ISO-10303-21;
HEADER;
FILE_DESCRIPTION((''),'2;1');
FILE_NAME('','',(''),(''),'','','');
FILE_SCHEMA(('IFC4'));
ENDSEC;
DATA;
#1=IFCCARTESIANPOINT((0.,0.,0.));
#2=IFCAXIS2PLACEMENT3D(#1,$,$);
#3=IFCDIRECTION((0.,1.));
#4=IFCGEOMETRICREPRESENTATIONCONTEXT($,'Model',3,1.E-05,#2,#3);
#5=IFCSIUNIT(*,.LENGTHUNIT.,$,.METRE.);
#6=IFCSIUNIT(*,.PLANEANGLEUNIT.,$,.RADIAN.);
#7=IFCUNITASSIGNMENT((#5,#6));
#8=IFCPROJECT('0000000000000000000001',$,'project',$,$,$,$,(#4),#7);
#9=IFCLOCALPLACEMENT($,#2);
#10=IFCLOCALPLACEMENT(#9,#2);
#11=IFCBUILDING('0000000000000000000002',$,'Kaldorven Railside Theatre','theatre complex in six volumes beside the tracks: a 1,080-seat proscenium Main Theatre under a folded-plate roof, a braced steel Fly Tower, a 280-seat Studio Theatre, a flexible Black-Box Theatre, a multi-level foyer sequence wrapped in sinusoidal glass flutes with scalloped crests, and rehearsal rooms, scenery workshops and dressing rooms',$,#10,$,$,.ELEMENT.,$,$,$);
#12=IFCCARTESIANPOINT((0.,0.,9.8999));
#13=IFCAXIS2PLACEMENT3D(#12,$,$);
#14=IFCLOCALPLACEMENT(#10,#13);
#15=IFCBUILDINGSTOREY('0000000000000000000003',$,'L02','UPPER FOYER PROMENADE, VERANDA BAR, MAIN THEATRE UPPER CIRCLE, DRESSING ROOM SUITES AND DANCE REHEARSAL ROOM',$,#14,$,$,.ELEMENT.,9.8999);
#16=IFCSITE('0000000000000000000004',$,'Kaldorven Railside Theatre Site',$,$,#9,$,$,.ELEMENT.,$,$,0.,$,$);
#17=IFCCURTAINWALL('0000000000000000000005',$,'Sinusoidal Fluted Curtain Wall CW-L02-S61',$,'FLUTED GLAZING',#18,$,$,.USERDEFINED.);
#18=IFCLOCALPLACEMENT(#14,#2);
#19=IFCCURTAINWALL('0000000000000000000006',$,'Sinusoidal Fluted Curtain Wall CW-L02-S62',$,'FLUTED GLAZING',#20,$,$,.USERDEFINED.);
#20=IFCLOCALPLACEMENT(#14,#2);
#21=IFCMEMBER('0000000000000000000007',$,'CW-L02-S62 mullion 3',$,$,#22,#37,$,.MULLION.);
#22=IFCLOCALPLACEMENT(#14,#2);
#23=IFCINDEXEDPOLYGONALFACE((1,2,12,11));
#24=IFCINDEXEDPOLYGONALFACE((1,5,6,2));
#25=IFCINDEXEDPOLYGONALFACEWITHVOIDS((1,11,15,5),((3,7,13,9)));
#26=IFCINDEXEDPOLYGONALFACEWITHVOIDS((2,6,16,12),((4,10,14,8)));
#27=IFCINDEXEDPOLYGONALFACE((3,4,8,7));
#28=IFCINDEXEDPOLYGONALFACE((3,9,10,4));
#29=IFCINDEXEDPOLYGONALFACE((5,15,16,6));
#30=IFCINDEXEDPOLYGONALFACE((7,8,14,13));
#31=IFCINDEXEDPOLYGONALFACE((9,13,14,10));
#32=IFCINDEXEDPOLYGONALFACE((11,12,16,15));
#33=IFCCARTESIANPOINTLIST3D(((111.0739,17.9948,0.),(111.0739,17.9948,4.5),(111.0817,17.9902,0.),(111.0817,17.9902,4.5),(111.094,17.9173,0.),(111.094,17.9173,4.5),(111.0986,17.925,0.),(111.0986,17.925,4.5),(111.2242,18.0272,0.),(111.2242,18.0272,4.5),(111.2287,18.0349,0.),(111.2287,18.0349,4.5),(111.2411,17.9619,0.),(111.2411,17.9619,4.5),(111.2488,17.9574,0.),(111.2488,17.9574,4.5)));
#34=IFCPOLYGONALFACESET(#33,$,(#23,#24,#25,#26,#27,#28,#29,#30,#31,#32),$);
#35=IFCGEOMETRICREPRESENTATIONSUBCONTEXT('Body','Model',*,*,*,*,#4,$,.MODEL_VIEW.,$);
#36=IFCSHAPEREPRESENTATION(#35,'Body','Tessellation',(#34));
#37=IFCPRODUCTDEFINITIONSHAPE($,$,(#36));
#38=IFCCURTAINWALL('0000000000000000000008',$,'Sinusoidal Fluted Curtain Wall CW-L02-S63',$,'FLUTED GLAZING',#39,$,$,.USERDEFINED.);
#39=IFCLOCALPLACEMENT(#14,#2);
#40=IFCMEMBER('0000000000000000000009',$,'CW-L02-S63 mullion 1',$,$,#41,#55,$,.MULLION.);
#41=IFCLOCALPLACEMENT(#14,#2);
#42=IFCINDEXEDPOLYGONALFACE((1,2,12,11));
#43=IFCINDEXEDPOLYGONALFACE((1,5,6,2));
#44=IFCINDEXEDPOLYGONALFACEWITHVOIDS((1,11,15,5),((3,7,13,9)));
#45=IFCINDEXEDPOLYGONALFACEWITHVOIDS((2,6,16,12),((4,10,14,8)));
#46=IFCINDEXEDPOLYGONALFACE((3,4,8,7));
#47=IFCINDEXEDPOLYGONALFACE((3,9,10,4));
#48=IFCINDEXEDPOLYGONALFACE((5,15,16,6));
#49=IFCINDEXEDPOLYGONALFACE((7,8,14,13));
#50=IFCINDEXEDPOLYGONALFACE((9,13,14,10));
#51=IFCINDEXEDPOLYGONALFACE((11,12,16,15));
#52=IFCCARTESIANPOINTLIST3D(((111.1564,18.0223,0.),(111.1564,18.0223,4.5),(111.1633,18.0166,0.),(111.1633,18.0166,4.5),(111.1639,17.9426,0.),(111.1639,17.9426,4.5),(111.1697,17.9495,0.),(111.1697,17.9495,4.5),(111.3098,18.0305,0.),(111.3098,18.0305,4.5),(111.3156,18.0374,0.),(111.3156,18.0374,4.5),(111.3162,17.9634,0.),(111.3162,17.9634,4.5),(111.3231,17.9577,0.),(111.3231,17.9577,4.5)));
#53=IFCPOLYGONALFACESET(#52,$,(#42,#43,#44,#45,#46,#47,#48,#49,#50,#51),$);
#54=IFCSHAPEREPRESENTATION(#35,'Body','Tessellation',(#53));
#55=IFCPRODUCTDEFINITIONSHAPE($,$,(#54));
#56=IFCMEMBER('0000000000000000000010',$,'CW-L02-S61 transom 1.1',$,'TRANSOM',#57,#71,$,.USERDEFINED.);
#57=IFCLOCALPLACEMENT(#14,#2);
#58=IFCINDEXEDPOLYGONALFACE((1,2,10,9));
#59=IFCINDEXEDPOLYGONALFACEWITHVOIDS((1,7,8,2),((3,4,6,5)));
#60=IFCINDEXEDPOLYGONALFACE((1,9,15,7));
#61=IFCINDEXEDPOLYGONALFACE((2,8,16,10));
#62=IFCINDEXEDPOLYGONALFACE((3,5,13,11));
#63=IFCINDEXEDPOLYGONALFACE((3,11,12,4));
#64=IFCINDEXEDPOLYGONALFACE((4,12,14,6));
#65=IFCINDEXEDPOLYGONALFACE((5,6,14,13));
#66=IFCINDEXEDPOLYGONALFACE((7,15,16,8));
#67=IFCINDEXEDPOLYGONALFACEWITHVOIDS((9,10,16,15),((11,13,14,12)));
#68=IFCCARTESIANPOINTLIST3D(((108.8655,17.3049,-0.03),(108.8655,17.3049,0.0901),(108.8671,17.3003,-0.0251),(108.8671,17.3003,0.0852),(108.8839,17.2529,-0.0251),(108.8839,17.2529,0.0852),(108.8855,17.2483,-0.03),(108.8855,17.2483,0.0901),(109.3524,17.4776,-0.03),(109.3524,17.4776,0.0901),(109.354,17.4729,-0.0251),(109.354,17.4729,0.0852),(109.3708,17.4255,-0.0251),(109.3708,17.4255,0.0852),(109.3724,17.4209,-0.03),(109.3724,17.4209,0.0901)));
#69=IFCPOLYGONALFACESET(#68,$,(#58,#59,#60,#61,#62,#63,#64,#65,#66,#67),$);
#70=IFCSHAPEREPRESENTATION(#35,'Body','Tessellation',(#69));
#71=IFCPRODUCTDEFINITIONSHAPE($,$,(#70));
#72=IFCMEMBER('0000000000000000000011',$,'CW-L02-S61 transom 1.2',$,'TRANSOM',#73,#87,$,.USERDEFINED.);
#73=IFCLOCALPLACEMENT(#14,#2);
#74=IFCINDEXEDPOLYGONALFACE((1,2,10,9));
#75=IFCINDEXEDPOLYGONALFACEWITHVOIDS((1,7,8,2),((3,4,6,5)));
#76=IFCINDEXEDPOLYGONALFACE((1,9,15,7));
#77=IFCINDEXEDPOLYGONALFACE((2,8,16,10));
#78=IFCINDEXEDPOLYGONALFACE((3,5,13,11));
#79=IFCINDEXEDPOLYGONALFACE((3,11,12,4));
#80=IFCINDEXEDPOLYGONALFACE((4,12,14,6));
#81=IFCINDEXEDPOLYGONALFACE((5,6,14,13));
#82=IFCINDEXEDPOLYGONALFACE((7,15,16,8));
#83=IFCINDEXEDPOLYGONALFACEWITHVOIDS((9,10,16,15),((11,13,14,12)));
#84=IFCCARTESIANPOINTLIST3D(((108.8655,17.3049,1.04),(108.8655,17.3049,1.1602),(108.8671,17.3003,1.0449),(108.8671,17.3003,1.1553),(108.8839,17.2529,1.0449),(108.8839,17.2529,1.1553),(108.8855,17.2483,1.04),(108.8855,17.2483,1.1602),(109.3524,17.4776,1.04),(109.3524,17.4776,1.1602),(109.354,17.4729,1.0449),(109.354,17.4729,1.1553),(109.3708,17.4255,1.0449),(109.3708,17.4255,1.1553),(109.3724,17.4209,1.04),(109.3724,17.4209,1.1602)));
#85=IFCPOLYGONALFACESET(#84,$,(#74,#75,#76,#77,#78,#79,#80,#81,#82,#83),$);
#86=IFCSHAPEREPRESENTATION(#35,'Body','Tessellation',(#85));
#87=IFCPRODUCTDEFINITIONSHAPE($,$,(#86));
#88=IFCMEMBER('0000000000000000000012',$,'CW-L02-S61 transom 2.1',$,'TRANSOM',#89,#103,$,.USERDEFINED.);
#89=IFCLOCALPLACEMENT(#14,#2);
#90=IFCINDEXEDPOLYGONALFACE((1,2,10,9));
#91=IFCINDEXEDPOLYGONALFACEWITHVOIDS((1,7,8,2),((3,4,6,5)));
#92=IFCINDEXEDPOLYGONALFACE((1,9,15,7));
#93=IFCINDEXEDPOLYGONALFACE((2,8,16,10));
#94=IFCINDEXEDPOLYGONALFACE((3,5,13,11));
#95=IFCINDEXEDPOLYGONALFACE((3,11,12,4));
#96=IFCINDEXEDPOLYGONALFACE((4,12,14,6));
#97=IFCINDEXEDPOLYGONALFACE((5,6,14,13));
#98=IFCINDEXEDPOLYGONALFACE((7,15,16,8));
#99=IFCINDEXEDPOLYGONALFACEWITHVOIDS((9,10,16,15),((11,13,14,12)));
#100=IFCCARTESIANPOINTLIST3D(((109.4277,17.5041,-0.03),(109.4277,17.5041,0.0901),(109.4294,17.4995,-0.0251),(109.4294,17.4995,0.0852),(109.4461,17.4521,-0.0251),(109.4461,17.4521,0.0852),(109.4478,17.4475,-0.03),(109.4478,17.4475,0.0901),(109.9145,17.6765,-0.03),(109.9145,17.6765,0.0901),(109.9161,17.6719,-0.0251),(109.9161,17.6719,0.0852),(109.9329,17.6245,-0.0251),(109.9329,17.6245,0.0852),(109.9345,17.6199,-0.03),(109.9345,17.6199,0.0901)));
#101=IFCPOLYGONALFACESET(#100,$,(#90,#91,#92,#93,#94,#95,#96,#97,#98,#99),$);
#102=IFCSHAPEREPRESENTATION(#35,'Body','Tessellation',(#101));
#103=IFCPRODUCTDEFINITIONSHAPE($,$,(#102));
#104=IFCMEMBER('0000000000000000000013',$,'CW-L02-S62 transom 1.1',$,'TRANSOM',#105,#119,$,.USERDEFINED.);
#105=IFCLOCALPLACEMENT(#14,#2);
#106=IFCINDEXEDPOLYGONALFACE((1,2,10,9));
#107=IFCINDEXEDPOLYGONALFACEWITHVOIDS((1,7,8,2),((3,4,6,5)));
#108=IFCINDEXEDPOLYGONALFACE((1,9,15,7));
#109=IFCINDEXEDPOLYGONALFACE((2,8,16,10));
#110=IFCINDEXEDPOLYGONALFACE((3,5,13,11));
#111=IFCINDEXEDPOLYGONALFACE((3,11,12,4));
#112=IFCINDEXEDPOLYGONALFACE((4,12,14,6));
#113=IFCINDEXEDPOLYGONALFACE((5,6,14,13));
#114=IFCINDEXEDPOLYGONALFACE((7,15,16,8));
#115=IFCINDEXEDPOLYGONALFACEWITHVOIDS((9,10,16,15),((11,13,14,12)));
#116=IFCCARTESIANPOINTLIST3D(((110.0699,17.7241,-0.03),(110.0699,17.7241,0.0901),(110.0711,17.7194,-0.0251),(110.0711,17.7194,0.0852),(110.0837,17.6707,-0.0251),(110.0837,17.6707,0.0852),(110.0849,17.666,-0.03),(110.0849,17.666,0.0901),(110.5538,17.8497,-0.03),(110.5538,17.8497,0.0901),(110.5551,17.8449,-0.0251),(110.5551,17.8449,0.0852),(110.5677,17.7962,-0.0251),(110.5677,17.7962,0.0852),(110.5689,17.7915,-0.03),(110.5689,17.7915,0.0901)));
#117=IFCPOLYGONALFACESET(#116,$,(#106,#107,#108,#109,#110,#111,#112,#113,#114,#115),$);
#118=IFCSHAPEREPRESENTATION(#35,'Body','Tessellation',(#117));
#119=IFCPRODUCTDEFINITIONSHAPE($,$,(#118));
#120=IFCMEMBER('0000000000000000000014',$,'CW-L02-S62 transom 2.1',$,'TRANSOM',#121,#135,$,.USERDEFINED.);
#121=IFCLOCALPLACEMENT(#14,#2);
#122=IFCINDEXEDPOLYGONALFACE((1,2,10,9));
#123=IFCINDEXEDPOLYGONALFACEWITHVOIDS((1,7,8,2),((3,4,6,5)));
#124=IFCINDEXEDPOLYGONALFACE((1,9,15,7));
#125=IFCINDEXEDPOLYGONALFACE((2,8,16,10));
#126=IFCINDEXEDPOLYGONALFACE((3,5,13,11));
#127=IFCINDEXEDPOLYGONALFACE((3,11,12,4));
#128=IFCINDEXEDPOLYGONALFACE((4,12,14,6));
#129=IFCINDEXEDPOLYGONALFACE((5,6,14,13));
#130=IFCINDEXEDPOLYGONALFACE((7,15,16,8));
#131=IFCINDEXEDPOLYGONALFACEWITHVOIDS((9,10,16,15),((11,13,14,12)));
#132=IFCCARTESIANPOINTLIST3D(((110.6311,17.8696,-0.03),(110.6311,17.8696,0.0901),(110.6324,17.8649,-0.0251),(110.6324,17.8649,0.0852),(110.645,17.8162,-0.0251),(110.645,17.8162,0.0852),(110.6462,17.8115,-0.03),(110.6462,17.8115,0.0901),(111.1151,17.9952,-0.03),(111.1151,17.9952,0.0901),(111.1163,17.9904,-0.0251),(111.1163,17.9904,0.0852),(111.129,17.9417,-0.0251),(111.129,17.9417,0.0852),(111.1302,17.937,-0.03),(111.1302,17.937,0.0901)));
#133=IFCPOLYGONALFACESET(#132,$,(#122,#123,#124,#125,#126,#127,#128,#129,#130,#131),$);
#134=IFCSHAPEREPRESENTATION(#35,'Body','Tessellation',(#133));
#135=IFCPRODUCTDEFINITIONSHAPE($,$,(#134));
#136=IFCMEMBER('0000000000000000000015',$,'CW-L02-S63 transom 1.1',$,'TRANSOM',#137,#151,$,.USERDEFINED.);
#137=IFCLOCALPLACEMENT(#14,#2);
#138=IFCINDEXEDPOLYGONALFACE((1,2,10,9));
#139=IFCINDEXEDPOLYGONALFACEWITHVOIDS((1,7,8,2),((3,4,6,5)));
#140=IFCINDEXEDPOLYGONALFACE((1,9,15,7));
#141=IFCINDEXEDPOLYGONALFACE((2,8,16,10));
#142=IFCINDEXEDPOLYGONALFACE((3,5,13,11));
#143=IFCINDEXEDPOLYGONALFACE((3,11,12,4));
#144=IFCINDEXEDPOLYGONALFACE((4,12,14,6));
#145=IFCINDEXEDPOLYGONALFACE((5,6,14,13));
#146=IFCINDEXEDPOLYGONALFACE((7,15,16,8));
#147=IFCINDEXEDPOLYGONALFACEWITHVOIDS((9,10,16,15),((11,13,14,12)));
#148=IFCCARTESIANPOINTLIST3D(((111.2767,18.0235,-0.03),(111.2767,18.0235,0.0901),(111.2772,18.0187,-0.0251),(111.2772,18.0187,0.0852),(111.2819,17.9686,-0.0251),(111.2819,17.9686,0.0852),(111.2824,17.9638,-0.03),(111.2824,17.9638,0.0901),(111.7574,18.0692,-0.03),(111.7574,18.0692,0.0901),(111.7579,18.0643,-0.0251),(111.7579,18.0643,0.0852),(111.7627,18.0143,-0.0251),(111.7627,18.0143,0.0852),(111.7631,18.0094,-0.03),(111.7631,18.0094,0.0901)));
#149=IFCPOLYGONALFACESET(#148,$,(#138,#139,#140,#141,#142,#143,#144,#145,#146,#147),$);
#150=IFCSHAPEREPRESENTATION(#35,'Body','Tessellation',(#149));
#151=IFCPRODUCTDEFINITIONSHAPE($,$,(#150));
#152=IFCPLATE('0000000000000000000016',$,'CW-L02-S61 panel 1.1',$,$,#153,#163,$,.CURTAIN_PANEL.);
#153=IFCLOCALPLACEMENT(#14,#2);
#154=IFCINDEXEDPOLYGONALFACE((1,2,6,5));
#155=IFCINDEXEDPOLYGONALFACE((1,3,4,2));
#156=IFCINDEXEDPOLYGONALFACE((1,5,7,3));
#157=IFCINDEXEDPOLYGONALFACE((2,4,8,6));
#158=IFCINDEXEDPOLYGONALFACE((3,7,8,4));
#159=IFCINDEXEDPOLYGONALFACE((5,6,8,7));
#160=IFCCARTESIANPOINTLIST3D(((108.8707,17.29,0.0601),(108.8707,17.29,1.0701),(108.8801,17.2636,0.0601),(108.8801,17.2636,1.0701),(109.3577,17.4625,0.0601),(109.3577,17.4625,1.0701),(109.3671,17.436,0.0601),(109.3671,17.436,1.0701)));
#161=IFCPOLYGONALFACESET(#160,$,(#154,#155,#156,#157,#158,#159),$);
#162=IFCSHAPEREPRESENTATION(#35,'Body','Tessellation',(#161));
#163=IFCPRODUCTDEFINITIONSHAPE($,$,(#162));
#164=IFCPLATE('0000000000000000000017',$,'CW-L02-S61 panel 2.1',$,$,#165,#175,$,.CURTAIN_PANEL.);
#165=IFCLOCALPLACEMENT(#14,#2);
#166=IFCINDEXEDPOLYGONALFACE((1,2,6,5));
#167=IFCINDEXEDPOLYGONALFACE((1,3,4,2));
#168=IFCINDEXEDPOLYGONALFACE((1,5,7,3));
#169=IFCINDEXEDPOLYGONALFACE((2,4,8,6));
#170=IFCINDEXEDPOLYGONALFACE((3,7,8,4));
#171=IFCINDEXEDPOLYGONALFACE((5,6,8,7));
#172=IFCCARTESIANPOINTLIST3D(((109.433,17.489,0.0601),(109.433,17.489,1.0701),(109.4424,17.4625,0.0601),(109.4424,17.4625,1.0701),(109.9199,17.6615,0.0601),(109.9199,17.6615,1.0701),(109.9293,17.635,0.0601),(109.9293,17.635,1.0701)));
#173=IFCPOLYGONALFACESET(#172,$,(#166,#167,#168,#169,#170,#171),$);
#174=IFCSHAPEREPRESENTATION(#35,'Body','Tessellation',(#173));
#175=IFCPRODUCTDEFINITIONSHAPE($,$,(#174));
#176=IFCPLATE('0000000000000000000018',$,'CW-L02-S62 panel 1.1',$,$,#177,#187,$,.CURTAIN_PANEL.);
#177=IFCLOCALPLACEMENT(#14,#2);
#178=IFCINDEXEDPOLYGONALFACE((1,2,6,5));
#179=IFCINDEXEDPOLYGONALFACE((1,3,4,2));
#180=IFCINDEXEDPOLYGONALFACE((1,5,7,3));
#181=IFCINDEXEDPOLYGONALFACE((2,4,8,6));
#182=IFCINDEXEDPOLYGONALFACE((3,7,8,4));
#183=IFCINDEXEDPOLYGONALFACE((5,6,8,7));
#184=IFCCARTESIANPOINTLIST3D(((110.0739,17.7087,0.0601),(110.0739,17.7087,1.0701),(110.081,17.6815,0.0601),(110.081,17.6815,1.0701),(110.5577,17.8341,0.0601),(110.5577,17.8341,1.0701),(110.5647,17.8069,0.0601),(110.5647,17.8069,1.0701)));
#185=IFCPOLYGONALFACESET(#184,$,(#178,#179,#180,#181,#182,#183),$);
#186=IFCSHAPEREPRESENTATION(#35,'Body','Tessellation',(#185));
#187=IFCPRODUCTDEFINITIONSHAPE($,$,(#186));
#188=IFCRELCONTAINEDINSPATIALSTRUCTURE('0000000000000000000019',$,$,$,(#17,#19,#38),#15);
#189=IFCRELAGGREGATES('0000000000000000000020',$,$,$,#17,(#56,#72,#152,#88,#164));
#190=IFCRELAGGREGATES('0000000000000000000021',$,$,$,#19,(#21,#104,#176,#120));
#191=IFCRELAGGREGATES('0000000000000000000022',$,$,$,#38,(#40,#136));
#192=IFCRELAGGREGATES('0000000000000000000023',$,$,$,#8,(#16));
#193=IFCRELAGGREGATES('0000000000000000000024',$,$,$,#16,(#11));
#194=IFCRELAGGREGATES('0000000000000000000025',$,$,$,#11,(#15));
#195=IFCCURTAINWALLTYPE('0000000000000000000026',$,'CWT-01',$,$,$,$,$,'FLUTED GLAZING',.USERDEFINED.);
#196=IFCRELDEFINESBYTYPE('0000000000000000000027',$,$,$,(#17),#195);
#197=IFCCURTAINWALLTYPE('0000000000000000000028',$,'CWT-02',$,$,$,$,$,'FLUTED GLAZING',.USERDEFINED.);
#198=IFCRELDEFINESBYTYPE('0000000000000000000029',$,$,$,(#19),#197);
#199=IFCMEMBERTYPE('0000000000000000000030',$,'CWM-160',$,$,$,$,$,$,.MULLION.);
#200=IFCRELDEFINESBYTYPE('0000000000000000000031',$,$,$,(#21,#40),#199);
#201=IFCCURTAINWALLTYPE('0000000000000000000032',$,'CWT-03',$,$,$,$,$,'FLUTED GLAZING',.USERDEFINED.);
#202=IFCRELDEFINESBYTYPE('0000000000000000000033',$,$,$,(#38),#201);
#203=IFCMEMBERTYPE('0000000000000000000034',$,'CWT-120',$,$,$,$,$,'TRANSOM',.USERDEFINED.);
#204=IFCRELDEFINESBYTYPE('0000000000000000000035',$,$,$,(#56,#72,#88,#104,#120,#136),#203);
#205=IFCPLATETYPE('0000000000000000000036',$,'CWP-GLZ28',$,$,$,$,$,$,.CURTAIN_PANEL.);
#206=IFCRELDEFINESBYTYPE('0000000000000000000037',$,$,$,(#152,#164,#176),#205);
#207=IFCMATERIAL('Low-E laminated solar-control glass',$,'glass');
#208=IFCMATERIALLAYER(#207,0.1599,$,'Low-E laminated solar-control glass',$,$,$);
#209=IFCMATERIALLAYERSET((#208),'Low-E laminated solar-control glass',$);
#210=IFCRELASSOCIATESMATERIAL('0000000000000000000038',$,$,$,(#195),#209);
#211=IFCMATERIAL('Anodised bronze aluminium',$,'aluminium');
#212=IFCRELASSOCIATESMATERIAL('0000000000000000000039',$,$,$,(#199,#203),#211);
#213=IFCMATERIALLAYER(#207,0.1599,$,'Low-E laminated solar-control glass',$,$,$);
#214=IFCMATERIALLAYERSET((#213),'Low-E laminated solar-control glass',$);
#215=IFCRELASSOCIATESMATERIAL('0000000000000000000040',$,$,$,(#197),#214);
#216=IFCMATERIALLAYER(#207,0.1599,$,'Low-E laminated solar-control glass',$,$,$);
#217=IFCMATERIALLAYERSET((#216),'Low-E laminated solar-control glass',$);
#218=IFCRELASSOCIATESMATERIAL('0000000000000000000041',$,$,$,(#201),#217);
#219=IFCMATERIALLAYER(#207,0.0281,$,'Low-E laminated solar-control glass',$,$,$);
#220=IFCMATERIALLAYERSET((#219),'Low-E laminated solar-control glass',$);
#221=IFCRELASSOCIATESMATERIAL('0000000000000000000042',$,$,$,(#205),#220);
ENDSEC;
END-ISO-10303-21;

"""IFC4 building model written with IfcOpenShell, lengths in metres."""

from ifc_helpers import new_model, si_unit, direction, frame, origin, origin_2d, place, context, subcontext, project, spatial, rectangle, hollow_rectangle, extrude, material, layer, layer_set, material_profile, profile_set, type_object, element, aggregate, save


model = new_model("IFC4")

# Units and contexts
model_context = context("Model", 3, precision=1e-05, world=origin(), true_north=direction((0.0, 1.0)))
body_context = subcontext(model_context, "Body", "Model", "MODEL_VIEW")
ifc_project = project(units=[si_unit("LENGTHUNIT", "METRE"), si_unit("PLANEANGLEUNIT", "RADIAN")], contexts=[model_context])

# Site, building, storey
site_placement = place(None, origin())
site = spatial("IfcSite", under=ifc_project, at=site_placement, Name="Kaldorven Railside Theatre Site", CompositionType="ELEMENT", RefElevation=0.0)
building_placement = place(site_placement, origin())
building = spatial("IfcBuilding", under=site, at=building_placement, Name="Kaldorven Railside Theatre", Description="theatre complex in six volumes beside the tracks: a 1,080-seat proscenium Main Theatre under a folded-plate roof, a braced steel Fly Tower, a 280-seat Studio Theatre, a flexible Black-Box Theatre, a multi-level foyer sequence wrapped in sinusoidal glass flutes with scalloped crests, and rehearsal rooms, scenery workshops and dressing rooms", CompositionType="ELEMENT")
storey_placement = place(building_placement, frame((0.0, 0.0, 9.8999)))
storey = spatial("IfcBuildingStorey", under=building, at=storey_placement, Name="L02", Description="UPPER FOYER PROMENADE, VERANDA BAR, MAIN THEATRE UPPER CIRCLE, DRESSING ROOM SUITES AND DANCE REHEARSAL ROOM", CompositionType="ELEMENT", Elevation=9.8999)

# Curtain walls, member
ifc_material_1 = material(Name="Low-E laminated solar-control glass", Category="glass")
ifc_layer_1 = layer(ifc_material_1, 0.1599, Name="Low-E laminated solar-control glass")
ifc_layer_set_1 = layer_set([ifc_layer_1], Name="Low-E laminated solar-control glass")
curtain_wall_type_1 = type_object("IfcCurtainWallType", Name="CWT-01", ElementType="FLUTED GLAZING", PredefinedType="USERDEFINED", material=ifc_layer_set_1)
curtain_wall_1_placement = place(storey_placement, origin())
curtain_wall_1 = element("IfcCurtainWall", 1, at=curtain_wall_1_placement, inside=storey, type_object=curtain_wall_type_1, Name="Sinusoidal Fluted Curtain Wall CW-L02-S61", ObjectType="FLUTED GLAZING", PredefinedType="USERDEFINED")
ifc_material_2 = material(Name="Anodised bronze aluminium", Category="aluminium")
ifc_material_profile_1 = material_profile(ifc_material_2, hollow_rectangle(XDim=0.0801, YDim=0.1599, WallThickness=0.0063, at=origin_2d()), Name="RHS 160x80x6.3")
ifc_profile_set_1 = profile_set([ifc_material_profile_1], Name="Anodised bronze aluminium")
member_type_1 = type_object("IfcMemberType", Name="CWM-160", PredefinedType="MULLION", material=ifc_profile_set_1)
ifc_layer_2 = layer(ifc_material_1, 0.1599, Name="Low-E laminated solar-control glass")
ifc_layer_set_2 = layer_set([ifc_layer_2], Name="Low-E laminated solar-control glass")
curtain_wall_type_2 = type_object("IfcCurtainWallType", Name="CWT-02", ElementType="FLUTED GLAZING", PredefinedType="USERDEFINED", material=ifc_layer_set_2)
curtain_wall_2_placement = place(storey_placement, origin())
curtain_wall_2 = element("IfcCurtainWall", 2, at=curtain_wall_2_placement, inside=storey, type_object=curtain_wall_type_2, Name="Sinusoidal Fluted Curtain Wall CW-L02-S62", ObjectType="FLUTED GLAZING", PredefinedType="USERDEFINED")
member_1_placement = place(storey_placement, frame((111.1614, 17.9761, 0.0), z_axis=(0.0, 0.0, 1.0), x_axis=(-0.250954, 0.967999, 0.0)))
member_1 = element("IfcMember", 3, at=member_1_placement, type_object=member_type_1, Name="CW-L02-S62 mullion 3", PredefinedType="MULLION", context=body_context, shape_type="SweptSolid", body=[
    extrude(hollow_rectangle(XDim=0.0801, YDim=0.1599, WallThickness=0.0063, at=origin_2d()), origin(), (0.0, 0.0, 1.0), 4.5),
])

# Curtain wall, member
ifc_layer_3 = layer(ifc_material_1, 0.1599, Name="Low-E laminated solar-control glass")
ifc_layer_set_3 = layer_set([ifc_layer_3], Name="Low-E laminated solar-control glass")
curtain_wall_type_3 = type_object("IfcCurtainWallType", Name="CWT-03", ElementType="FLUTED GLAZING", PredefinedType="USERDEFINED", material=ifc_layer_set_3)
curtain_wall_3_placement = place(storey_placement, origin())
curtain_wall_3 = element("IfcCurtainWall", 4, at=curtain_wall_3_placement, inside=storey, type_object=curtain_wall_type_3, Name="Sinusoidal Fluted Curtain Wall CW-L02-S63", ObjectType="FLUTED GLAZING", PredefinedType="USERDEFINED")
member_2_placement = place(storey_placement, frame((111.2397, 17.99, 0.0), z_axis=(0.0, 0.0, 1.0), x_axis=(-0.094492, 0.995526, 0.0)))
member_2 = element("IfcMember", 5, at=member_2_placement, type_object=member_type_1, Name="CW-L02-S63 mullion 1", PredefinedType="MULLION", context=body_context, shape_type="SweptSolid", body=[
    extrude(hollow_rectangle(XDim=0.0801, YDim=0.1599, WallThickness=0.0063, at=origin_2d()), origin(), (0.0, 0.0, 1.0), 4.5),
])

# Members
ifc_material_profile_2 = material_profile(ifc_material_2, hollow_rectangle(XDim=0.0601, YDim=0.1201, WallThickness=0.0049, at=origin_2d()), Name="RHS 120x60x5")
ifc_profile_set_2 = profile_set([ifc_material_profile_2], Name="Anodised bronze aluminium")
member_type_2 = type_object("IfcMemberType", Name="CWT-120", ElementType="TRANSOM", PredefinedType="USERDEFINED", material=ifc_profile_set_2)
member_3_placement = place(storey_placement, frame((108.8755, 17.2766, 0.03), z_axis=(0.942509, 0.33418, 0.0), x_axis=(-0.33418, 0.942509, 0.0)))
member_3 = element("IfcMember", 6, at=member_3_placement, type_object=member_type_2, Name="CW-L02-S61 transom 1.1", ObjectType="TRANSOM", PredefinedType="USERDEFINED", context=body_context, shape_type="SweptSolid", body=[
    extrude(hollow_rectangle(XDim=0.0601, YDim=0.1201, WallThickness=0.0049, at=origin_2d()), origin(), (0.0, 0.0, 1.0), 0.5166),
])
member_4_placement = place(storey_placement, frame((108.8755, 17.2766, 1.1001), z_axis=(0.942509, 0.33418, 0.0), x_axis=(-0.33418, 0.942509, 0.0)))
member_4 = element("IfcMember", 7, at=member_4_placement, type_object=member_type_2, Name="CW-L02-S61 transom 1.2", ObjectType="TRANSOM", PredefinedType="USERDEFINED", context=body_context, shape_type="SweptSolid", body=[
    extrude(hollow_rectangle(XDim=0.0601, YDim=0.1201, WallThickness=0.0049, at=origin_2d()), origin(), (0.0, 0.0, 1.0), 0.5166),
])
member_5_placement = place(storey_placement, frame((109.4377, 17.4758, 0.03), z_axis=(0.942658, 0.33376, 0.0), x_axis=(-0.33376, 0.942658, 0.0)))
member_5 = element("IfcMember", 8, at=member_5_placement, type_object=member_type_2, Name="CW-L02-S61 transom 2.1", ObjectType="TRANSOM", PredefinedType="USERDEFINED", context=body_context, shape_type="SweptSolid", body=[
    extrude(hollow_rectangle(XDim=0.0601, YDim=0.1201, WallThickness=0.0049, at=origin_2d()), origin(), (0.0, 0.0, 1.0), 0.5164),
])
member_6_placement = place(storey_placement, frame((110.0774, 17.6951, 0.03), z_axis=(0.967979, 0.25103, 0.0), x_axis=(-0.25103, 0.967979, 0.0)))
member_6 = element("IfcMember", 9, at=member_6_placement, type_object=member_type_2, Name="CW-L02-S62 transom 1.1", ObjectType="TRANSOM", PredefinedType="USERDEFINED", context=body_context, shape_type="SweptSolid", body=[
    extrude(hollow_rectangle(XDim=0.0601, YDim=0.1201, WallThickness=0.0049, at=origin_2d()), origin(), (0.0, 0.0, 1.0), 0.5),
])
member_7_placement = place(storey_placement, frame((110.6387, 17.8406, 0.03), z_axis=(0.967979, 0.25103, 0.0), x_axis=(-0.25103, 0.967979, 0.0)))
member_7 = element("IfcMember", 10, at=member_7_placement, type_object=member_type_2, Name="CW-L02-S62 transom 2.1", ObjectType="TRANSOM", PredefinedType="USERDEFINED", context=body_context, shape_type="SweptSolid", body=[
    extrude(hollow_rectangle(XDim=0.0601, YDim=0.1201, WallThickness=0.0049, at=origin_2d()), origin(), (0.0, 0.0, 1.0), 0.5),
])
member_8_placement = place(storey_placement, frame((111.2795, 17.9937, 0.03), z_axis=(0.99552, 0.094547, 0.0), x_axis=(-0.094547, 0.99552, 0.0)))
member_8 = element("IfcMember", 11, at=member_8_placement, type_object=member_type_2, Name="CW-L02-S63 transom 1.1", ObjectType="TRANSOM", PredefinedType="USERDEFINED", context=body_context, shape_type="SweptSolid", body=[
    extrude(hollow_rectangle(XDim=0.0601, YDim=0.1201, WallThickness=0.0049, at=origin_2d()), origin(), (0.0, 0.0, 1.0), 0.4829),
])

# Plates
ifc_layer_4 = layer(ifc_material_1, 0.0281, Name="Low-E laminated solar-control glass")
ifc_layer_set_4 = layer_set([ifc_layer_4], Name="Low-E laminated solar-control glass")
plate_type = type_object("IfcPlateType", Name="CWP-GLZ28", PredefinedType="CURTAIN_PANEL", material=ifc_layer_set_4)
plate_1_placement = place(storey_placement, frame((109.1189, 17.363, 0.0601), z_axis=(0.0, 0.0, 1.0), x_axis=(0.942627, 0.333847, 0.0)))
plate_1 = element("IfcPlate", 12, at=plate_1_placement, type_object=plate_type, Name="CW-L02-S61 panel 1.1", PredefinedType="CURTAIN_PANEL", context=body_context, shape_type="SweptSolid", body=[
    extrude(rectangle(XDim=0.5166, YDim=0.0281, at=origin_2d()), origin(), (0.0, 0.0, 1.0), 1.01),
])
plate_2_placement = place(storey_placement, frame((109.6812, 17.562, 0.0601), z_axis=(0.0, 0.0, 1.0), x_axis=(0.942627, 0.333847, 0.0)))
plate_2 = element("IfcPlate", 13, at=plate_2_placement, type_object=plate_type, Name="CW-L02-S61 panel 2.1", PredefinedType="CURTAIN_PANEL", context=body_context, shape_type="SweptSolid", body=[
    extrude(rectangle(XDim=0.5166, YDim=0.0281, at=origin_2d()), origin(), (0.0, 0.0, 1.0), 1.01),
])
aggregate(curtain_wall_1, [member_3, member_4, plate_1, member_5, plate_2])
plate_3_placement = place(storey_placement, frame((110.3193, 17.7578, 0.0601), z_axis=(0.0, 0.0, 1.0), x_axis=(0.967999, 0.250954, 0.0)))
plate_3 = element("IfcPlate", 14, at=plate_3_placement, type_object=plate_type, Name="CW-L02-S62 panel 1.1", PredefinedType="CURTAIN_PANEL", context=body_context, shape_type="SweptSolid", body=[
    extrude(rectangle(XDim=0.4998, YDim=0.0281, at=origin_2d()), origin(), (0.0, 0.0, 1.0), 1.01),
])
aggregate(curtain_wall_2, [member_1, member_6, plate_3, member_7])
aggregate(curtain_wall_3, [member_2, member_8])

save(model, "model.ifc")
